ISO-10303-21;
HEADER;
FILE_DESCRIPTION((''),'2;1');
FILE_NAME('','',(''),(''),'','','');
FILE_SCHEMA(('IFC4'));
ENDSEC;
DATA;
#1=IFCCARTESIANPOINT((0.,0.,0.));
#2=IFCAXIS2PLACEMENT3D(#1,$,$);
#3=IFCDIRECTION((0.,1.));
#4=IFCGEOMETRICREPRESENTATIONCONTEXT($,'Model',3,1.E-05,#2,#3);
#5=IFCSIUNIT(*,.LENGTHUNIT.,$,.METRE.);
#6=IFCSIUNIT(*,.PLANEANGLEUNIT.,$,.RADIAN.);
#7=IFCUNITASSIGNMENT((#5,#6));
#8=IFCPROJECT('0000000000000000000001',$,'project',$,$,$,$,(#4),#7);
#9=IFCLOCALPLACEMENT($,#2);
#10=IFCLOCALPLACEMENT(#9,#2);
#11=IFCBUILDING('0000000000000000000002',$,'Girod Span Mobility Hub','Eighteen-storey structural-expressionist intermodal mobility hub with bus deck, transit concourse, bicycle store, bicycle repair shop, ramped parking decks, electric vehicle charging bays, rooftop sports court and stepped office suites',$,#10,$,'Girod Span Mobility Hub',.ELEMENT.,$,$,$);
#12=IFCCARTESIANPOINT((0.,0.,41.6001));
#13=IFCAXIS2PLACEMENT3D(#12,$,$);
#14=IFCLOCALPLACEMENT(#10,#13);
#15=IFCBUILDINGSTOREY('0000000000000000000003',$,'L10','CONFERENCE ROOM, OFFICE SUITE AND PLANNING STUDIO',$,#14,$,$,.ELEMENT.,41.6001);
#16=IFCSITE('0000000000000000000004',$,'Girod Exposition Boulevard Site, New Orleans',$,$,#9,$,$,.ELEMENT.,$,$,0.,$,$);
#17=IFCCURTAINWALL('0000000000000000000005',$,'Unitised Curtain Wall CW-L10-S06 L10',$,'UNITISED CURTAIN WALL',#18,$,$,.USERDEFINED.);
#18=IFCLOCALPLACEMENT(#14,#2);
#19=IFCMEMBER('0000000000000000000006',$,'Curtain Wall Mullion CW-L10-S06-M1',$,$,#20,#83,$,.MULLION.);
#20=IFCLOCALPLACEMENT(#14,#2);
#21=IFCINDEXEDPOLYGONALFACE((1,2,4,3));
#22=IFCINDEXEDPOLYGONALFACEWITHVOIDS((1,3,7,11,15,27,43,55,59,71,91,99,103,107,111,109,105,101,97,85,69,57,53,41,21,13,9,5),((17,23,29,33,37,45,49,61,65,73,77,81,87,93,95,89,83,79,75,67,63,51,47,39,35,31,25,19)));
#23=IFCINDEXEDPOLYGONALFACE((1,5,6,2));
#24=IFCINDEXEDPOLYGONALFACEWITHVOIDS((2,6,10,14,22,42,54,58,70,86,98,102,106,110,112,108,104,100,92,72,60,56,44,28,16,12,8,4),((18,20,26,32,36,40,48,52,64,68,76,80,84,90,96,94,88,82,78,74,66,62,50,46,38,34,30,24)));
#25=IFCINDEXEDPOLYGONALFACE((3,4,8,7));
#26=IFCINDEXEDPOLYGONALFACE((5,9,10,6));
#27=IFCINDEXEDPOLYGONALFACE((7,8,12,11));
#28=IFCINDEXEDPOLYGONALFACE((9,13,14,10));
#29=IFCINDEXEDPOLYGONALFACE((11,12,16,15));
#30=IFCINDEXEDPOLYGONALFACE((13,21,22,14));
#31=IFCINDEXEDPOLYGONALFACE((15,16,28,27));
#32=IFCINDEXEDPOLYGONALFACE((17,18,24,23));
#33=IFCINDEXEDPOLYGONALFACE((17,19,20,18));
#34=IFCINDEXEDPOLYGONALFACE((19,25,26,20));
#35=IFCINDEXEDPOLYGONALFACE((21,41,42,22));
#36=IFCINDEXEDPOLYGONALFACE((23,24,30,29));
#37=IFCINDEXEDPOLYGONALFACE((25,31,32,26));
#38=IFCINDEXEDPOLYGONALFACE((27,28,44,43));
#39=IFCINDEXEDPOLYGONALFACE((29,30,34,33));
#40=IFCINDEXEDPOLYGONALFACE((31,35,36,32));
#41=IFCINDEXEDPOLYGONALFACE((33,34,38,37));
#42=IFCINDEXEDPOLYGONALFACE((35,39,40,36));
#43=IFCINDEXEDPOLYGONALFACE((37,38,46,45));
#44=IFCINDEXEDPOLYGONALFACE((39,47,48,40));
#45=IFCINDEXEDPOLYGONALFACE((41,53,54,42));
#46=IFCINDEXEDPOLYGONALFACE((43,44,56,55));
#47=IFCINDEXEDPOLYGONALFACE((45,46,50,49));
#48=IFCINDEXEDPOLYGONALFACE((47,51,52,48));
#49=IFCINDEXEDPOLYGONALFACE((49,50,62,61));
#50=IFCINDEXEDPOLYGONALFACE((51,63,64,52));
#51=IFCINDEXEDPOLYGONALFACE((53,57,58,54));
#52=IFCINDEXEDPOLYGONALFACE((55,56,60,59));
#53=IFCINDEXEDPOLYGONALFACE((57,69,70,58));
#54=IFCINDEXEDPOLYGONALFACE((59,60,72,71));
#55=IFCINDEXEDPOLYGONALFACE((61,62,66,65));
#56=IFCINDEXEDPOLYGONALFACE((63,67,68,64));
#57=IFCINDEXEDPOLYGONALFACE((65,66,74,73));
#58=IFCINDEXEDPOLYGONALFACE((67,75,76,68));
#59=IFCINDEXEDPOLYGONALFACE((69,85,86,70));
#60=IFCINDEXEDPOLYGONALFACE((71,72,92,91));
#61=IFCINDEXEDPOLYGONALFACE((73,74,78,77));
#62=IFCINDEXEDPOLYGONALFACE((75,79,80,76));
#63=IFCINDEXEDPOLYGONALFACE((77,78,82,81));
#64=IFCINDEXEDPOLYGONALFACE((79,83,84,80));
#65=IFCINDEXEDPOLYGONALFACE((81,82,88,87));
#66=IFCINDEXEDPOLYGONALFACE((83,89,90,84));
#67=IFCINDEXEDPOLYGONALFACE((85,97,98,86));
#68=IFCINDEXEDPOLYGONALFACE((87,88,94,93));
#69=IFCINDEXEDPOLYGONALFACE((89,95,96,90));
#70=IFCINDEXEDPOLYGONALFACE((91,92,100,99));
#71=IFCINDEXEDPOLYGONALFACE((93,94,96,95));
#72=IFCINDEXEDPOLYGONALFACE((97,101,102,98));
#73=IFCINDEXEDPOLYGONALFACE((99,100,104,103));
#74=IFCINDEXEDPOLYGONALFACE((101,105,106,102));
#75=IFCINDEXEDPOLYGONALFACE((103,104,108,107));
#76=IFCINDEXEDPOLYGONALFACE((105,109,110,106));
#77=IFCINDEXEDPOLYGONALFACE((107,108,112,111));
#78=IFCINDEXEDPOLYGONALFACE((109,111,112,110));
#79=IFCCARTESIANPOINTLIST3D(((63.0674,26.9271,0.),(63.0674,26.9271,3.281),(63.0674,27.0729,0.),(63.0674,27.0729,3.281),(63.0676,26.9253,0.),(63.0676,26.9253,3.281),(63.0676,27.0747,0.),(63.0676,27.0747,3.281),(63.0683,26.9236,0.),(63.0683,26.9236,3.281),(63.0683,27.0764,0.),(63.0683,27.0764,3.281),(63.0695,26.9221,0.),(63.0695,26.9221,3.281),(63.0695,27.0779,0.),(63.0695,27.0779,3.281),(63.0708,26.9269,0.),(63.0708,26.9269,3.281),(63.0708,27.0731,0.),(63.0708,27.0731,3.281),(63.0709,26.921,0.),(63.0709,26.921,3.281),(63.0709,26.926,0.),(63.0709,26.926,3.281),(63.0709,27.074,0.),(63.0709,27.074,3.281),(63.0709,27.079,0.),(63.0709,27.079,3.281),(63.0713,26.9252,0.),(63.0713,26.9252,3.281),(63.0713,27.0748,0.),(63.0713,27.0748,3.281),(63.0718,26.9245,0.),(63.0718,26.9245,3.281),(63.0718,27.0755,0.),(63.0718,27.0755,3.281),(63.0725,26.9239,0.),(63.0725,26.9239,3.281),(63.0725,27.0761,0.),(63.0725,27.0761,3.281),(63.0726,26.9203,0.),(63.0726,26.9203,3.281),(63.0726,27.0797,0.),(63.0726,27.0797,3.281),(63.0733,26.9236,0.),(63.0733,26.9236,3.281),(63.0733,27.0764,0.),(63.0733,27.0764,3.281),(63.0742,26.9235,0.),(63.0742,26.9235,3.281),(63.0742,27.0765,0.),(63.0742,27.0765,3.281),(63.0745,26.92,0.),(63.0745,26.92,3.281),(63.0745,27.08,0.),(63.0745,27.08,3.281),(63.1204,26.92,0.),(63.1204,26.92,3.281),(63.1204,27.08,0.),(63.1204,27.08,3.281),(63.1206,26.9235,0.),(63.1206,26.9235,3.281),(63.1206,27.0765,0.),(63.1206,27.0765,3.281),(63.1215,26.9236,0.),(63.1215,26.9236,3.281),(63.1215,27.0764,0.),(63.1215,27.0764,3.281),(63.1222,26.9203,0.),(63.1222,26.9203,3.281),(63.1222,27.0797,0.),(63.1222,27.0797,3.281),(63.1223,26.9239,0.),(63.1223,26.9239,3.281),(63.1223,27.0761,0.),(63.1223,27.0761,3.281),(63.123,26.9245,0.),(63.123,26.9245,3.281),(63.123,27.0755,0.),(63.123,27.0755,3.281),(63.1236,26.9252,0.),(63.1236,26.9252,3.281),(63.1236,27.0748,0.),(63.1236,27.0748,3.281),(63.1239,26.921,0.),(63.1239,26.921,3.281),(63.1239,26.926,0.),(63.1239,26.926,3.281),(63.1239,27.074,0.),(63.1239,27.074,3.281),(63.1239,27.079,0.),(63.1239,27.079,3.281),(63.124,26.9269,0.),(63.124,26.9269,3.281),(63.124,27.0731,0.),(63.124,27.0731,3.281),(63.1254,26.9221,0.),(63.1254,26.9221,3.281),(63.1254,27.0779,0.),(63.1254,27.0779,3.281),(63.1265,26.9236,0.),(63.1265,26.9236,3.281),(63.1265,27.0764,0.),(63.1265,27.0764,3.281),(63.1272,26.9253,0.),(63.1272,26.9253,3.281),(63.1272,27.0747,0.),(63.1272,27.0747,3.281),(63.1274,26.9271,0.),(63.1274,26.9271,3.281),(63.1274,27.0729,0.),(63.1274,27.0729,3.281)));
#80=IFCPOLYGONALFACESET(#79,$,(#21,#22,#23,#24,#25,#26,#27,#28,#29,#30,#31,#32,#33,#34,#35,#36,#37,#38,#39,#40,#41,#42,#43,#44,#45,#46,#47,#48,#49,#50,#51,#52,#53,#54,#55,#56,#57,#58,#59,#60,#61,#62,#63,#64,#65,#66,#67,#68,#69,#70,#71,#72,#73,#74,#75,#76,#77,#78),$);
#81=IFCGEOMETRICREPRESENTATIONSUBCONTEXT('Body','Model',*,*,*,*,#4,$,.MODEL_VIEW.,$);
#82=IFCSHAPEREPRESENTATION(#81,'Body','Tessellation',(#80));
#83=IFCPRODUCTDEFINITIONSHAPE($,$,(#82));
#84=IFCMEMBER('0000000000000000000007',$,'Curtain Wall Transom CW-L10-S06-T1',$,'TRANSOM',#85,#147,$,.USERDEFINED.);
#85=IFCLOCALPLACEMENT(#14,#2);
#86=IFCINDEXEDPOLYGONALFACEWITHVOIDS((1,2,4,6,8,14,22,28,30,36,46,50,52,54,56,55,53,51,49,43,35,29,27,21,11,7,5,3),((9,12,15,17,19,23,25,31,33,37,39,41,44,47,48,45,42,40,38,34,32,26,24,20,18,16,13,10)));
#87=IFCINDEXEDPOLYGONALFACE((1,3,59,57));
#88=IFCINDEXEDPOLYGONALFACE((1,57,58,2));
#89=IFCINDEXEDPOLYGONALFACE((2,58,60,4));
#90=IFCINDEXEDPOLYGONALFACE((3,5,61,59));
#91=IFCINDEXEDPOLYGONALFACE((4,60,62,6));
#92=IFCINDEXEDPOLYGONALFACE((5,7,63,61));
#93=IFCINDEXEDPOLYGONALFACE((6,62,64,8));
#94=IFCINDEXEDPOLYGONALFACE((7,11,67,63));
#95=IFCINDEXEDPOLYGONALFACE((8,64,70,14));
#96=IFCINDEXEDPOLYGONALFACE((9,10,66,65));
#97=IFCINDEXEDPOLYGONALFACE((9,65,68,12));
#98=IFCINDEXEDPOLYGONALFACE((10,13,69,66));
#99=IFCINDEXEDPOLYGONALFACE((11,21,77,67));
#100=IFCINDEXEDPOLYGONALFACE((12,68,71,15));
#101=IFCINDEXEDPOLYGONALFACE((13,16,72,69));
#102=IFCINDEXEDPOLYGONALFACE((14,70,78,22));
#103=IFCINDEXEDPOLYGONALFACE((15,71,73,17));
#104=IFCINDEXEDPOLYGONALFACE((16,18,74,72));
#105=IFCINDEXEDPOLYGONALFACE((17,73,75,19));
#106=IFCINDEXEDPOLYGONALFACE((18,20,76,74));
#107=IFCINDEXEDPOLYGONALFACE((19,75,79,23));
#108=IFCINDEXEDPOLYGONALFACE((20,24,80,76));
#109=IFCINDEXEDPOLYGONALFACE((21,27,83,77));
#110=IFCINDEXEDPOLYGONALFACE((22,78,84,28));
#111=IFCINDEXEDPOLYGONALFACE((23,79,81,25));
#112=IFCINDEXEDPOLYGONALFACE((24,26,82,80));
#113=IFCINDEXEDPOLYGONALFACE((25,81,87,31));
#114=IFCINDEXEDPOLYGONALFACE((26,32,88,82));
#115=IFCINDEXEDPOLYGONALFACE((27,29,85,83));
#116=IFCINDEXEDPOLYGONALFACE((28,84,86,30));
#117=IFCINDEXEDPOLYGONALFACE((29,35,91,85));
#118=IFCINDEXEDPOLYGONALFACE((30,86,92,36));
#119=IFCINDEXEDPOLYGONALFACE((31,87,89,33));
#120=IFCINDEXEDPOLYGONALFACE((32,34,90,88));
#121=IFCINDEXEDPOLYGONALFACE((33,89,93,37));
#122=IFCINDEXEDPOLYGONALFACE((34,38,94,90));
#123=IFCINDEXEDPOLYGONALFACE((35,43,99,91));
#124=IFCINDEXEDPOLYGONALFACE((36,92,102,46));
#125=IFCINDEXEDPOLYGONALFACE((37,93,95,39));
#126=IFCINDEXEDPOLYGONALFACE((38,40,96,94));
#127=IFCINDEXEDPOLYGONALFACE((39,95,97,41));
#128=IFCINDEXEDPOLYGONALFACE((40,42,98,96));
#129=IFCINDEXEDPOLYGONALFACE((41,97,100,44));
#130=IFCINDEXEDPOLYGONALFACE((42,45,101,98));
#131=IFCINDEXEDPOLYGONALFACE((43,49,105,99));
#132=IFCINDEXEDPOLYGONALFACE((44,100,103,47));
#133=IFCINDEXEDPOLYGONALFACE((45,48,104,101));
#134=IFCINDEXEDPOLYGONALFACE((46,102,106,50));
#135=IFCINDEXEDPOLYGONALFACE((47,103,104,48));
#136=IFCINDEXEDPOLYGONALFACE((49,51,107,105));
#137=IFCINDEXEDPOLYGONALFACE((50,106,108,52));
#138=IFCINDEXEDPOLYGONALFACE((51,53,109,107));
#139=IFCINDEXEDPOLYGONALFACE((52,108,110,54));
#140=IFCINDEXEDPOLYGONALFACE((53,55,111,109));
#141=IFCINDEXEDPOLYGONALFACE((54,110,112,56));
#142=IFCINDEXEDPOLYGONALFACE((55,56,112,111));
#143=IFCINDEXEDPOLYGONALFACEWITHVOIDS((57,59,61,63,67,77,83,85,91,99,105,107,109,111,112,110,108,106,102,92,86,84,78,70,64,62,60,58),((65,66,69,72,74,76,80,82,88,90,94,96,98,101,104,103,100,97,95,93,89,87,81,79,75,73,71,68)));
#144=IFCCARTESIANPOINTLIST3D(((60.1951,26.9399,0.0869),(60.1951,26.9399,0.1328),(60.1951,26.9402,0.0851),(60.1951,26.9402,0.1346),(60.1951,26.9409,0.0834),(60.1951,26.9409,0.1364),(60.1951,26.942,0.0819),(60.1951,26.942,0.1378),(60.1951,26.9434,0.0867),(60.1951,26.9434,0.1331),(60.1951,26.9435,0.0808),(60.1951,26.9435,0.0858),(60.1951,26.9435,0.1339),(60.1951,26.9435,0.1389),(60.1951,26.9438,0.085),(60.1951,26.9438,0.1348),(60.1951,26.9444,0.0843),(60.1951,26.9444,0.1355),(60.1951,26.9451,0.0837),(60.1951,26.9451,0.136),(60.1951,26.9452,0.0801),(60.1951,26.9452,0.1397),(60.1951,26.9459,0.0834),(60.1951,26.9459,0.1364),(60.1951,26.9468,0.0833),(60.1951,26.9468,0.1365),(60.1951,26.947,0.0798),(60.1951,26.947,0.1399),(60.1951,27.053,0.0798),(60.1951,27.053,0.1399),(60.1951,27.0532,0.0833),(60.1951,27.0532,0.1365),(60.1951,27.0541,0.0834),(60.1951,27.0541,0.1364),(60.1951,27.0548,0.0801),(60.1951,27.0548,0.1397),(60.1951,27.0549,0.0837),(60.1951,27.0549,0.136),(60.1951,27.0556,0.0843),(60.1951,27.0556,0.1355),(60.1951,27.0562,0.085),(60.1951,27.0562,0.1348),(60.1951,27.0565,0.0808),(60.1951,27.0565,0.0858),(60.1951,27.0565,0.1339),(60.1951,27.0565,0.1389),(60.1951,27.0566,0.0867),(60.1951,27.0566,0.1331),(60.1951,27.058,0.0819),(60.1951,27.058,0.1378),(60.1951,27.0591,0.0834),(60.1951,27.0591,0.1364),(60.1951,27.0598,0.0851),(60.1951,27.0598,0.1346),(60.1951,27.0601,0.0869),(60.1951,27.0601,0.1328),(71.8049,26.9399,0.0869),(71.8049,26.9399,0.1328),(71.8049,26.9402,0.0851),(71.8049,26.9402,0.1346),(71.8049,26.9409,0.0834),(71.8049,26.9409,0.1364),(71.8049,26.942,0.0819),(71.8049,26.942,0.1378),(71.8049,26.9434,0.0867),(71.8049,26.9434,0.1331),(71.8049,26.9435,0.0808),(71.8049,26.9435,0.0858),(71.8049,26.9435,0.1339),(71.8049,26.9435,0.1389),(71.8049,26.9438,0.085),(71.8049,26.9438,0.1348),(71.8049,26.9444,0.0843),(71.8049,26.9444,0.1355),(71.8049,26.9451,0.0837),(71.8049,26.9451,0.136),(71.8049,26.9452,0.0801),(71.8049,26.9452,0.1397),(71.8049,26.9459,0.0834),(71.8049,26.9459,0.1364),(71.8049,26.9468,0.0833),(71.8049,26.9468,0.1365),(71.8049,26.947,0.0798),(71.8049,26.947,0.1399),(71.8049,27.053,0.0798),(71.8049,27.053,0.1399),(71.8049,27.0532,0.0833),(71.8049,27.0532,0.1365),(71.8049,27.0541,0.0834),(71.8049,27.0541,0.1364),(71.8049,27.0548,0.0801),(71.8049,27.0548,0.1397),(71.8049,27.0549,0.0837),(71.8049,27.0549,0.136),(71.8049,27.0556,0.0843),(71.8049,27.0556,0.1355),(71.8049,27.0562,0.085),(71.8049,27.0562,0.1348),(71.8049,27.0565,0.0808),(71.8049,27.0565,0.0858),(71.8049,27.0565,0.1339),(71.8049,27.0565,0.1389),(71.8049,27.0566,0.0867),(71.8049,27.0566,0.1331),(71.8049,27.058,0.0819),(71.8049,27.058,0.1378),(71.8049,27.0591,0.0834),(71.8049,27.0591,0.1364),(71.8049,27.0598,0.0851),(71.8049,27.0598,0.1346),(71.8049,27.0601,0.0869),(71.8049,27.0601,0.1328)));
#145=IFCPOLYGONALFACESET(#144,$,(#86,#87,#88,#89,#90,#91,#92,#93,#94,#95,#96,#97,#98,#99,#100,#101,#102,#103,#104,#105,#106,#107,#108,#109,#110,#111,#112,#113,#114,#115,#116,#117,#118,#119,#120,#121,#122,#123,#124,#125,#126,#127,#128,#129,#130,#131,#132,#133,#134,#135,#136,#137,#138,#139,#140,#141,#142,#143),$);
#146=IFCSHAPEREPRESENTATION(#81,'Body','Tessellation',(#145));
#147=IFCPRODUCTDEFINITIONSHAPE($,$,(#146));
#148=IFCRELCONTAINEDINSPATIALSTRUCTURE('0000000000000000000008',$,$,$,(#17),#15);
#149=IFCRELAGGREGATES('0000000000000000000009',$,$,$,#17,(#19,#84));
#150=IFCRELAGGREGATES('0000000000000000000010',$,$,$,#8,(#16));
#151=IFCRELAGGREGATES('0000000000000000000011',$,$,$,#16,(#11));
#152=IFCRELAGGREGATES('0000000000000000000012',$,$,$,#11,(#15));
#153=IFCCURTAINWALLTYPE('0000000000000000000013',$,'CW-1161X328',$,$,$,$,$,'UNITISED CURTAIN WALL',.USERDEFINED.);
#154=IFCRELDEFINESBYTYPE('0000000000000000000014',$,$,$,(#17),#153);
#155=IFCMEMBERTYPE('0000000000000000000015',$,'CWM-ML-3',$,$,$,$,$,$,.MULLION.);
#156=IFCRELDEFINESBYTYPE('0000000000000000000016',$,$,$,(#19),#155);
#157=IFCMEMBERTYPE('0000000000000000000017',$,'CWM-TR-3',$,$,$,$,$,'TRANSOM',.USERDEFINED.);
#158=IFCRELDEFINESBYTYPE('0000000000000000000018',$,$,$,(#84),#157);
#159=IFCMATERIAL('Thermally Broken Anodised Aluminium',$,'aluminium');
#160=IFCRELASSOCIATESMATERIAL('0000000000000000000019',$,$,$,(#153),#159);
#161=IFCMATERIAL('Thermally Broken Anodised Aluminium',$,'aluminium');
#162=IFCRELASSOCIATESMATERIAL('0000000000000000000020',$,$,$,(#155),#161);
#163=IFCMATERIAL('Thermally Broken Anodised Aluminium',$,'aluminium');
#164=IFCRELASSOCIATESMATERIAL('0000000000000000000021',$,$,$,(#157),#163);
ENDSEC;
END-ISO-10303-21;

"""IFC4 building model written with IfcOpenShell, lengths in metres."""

from ifc_helpers import new_model, si_unit, direction, frame, origin, origin_2d, place, context, subcontext, project, spatial, hollow_rectangle, extrude, material, material_profile, profile_set, type_object, element, aggregate, save


model = new_model("IFC4")

# Units and contexts
model_context = context("Model", 3, precision=1e-05, world=origin(), true_north=direction((0.0, 1.0)))
body_context = subcontext(model_context, "Body", "Model", "MODEL_VIEW")
ifc_project = project(units=[si_unit("LENGTHUNIT", "METRE"), si_unit("PLANEANGLEUNIT", "RADIAN")], contexts=[model_context])

# Site, building, storey
site_placement = place(None, origin())
site = spatial("IfcSite", under=ifc_project, at=site_placement, Name="Girod Exposition Boulevard Site, New Orleans", CompositionType="ELEMENT", RefElevation=0.0)
building_placement = place(site_placement, origin())
building = spatial("IfcBuilding", under=site, at=building_placement, Name="Girod Span Mobility Hub", Description="Eighteen-storey structural-expressionist intermodal mobility hub with bus deck, transit concourse, bicycle store, bicycle repair shop, ramped parking decks, electric vehicle charging bays, rooftop sports court and stepped office suites", LongName="Girod Span Mobility Hub", CompositionType="ELEMENT")
storey_placement = place(building_placement, frame((0.0, 0.0, 41.6001)))
storey = spatial("IfcBuildingStorey", under=building, at=storey_placement, Name="L10", Description="CONFERENCE ROOM, OFFICE SUITE AND PLANNING STUDIO", CompositionType="ELEMENT", Elevation=41.6001)

# Curtain wall, members
ifc_material_1 = material(Name="Thermally Broken Anodised Aluminium", Category="aluminium")
curtain_wall_type = type_object("IfcCurtainWallType", Name="CW-1161X328", ElementType="UNITISED CURTAIN WALL", PredefinedType="USERDEFINED", material=ifc_material_1)
ifc_material_2 = material(Name="Thermally Broken Anodised Aluminium", Category="aluminium")
ifc_material_profile_1 = material_profile(ifc_material_2, hollow_rectangle(XDim=0.1599, YDim=0.0601, WallThickness=0.0034, InnerFilletRadius=0.0034, OuterFilletRadius=0.0071, at=origin_2d()), Name="CW-ML-60X160")
ifc_profile_set_1 = profile_set([ifc_material_profile_1], Name="Thermally Broken Anodised Aluminium")
member_type_1 = type_object("IfcMemberType", Name="CWM-ML-3", PredefinedType="MULLION", material=ifc_profile_set_1)
curtain_wall_1_placement = place(storey_placement, origin())
curtain_wall_1 = element("IfcCurtainWall", 1, at=curtain_wall_1_placement, inside=storey, type_object=curtain_wall_type, Name="Unitised Curtain Wall CW-L10-S06 L10", ObjectType="UNITISED CURTAIN WALL", PredefinedType="USERDEFINED")
member_1_placement = place(storey_placement, frame((63.0974, 27.0, 0.0), z_axis=(0.0, 0.0, 1.0), x_axis=(0.0, 1.0, 0.0)))
member_1 = element("IfcMember", 2, at=member_1_placement, type_object=member_type_1, Name="Curtain Wall Mullion CW-L10-S06-M1", PredefinedType="MULLION", context=body_context, shape_type="SweptSolid", body=[
    extrude(hollow_rectangle(XDim=0.1599, YDim=0.0601, WallThickness=0.0034, InnerFilletRadius=0.0034, OuterFilletRadius=0.0071, at=origin_2d()), origin(), (0.0, 0.0, 1.0), 3.281),
])
ifc_material_3 = material(Name="Thermally Broken Anodised Aluminium", Category="aluminium")
ifc_material_profile_2 = material_profile(ifc_material_3, hollow_rectangle(XDim=0.1201, YDim=0.0601, WallThickness=0.0034, InnerFilletRadius=0.0034, OuterFilletRadius=0.0071, at=origin_2d()), Name="CW-TR-60X120")
ifc_profile_set_2 = profile_set([ifc_material_profile_2], Name="Thermally Broken Anodised Aluminium")
member_type_2 = type_object("IfcMemberType", Name="CWM-TR-3", ElementType="TRANSOM", PredefinedType="USERDEFINED", material=ifc_profile_set_2)
member_2_placement = place(storey_placement, frame((60.1951, 27.0, 0.1099), z_axis=(1.0, 0.0, 0.0), x_axis=(0.0, 1.0, 0.0)))
member_2 = element("IfcMember", 3, at=member_2_placement, type_object=member_type_2, Name="Curtain Wall Transom CW-L10-S06-T1", ObjectType="TRANSOM", PredefinedType="USERDEFINED", context=body_context, shape_type="SweptSolid", body=[
    extrude(hollow_rectangle(XDim=0.1201, YDim=0.0601, WallThickness=0.0034, InnerFilletRadius=0.0034, OuterFilletRadius=0.0071, at=origin_2d()), origin(), (0.0, 0.0, 1.0), 11.6099),
])

aggregate(curtain_wall_1, [member_1, member_2])

save(model, "model.ifc")
